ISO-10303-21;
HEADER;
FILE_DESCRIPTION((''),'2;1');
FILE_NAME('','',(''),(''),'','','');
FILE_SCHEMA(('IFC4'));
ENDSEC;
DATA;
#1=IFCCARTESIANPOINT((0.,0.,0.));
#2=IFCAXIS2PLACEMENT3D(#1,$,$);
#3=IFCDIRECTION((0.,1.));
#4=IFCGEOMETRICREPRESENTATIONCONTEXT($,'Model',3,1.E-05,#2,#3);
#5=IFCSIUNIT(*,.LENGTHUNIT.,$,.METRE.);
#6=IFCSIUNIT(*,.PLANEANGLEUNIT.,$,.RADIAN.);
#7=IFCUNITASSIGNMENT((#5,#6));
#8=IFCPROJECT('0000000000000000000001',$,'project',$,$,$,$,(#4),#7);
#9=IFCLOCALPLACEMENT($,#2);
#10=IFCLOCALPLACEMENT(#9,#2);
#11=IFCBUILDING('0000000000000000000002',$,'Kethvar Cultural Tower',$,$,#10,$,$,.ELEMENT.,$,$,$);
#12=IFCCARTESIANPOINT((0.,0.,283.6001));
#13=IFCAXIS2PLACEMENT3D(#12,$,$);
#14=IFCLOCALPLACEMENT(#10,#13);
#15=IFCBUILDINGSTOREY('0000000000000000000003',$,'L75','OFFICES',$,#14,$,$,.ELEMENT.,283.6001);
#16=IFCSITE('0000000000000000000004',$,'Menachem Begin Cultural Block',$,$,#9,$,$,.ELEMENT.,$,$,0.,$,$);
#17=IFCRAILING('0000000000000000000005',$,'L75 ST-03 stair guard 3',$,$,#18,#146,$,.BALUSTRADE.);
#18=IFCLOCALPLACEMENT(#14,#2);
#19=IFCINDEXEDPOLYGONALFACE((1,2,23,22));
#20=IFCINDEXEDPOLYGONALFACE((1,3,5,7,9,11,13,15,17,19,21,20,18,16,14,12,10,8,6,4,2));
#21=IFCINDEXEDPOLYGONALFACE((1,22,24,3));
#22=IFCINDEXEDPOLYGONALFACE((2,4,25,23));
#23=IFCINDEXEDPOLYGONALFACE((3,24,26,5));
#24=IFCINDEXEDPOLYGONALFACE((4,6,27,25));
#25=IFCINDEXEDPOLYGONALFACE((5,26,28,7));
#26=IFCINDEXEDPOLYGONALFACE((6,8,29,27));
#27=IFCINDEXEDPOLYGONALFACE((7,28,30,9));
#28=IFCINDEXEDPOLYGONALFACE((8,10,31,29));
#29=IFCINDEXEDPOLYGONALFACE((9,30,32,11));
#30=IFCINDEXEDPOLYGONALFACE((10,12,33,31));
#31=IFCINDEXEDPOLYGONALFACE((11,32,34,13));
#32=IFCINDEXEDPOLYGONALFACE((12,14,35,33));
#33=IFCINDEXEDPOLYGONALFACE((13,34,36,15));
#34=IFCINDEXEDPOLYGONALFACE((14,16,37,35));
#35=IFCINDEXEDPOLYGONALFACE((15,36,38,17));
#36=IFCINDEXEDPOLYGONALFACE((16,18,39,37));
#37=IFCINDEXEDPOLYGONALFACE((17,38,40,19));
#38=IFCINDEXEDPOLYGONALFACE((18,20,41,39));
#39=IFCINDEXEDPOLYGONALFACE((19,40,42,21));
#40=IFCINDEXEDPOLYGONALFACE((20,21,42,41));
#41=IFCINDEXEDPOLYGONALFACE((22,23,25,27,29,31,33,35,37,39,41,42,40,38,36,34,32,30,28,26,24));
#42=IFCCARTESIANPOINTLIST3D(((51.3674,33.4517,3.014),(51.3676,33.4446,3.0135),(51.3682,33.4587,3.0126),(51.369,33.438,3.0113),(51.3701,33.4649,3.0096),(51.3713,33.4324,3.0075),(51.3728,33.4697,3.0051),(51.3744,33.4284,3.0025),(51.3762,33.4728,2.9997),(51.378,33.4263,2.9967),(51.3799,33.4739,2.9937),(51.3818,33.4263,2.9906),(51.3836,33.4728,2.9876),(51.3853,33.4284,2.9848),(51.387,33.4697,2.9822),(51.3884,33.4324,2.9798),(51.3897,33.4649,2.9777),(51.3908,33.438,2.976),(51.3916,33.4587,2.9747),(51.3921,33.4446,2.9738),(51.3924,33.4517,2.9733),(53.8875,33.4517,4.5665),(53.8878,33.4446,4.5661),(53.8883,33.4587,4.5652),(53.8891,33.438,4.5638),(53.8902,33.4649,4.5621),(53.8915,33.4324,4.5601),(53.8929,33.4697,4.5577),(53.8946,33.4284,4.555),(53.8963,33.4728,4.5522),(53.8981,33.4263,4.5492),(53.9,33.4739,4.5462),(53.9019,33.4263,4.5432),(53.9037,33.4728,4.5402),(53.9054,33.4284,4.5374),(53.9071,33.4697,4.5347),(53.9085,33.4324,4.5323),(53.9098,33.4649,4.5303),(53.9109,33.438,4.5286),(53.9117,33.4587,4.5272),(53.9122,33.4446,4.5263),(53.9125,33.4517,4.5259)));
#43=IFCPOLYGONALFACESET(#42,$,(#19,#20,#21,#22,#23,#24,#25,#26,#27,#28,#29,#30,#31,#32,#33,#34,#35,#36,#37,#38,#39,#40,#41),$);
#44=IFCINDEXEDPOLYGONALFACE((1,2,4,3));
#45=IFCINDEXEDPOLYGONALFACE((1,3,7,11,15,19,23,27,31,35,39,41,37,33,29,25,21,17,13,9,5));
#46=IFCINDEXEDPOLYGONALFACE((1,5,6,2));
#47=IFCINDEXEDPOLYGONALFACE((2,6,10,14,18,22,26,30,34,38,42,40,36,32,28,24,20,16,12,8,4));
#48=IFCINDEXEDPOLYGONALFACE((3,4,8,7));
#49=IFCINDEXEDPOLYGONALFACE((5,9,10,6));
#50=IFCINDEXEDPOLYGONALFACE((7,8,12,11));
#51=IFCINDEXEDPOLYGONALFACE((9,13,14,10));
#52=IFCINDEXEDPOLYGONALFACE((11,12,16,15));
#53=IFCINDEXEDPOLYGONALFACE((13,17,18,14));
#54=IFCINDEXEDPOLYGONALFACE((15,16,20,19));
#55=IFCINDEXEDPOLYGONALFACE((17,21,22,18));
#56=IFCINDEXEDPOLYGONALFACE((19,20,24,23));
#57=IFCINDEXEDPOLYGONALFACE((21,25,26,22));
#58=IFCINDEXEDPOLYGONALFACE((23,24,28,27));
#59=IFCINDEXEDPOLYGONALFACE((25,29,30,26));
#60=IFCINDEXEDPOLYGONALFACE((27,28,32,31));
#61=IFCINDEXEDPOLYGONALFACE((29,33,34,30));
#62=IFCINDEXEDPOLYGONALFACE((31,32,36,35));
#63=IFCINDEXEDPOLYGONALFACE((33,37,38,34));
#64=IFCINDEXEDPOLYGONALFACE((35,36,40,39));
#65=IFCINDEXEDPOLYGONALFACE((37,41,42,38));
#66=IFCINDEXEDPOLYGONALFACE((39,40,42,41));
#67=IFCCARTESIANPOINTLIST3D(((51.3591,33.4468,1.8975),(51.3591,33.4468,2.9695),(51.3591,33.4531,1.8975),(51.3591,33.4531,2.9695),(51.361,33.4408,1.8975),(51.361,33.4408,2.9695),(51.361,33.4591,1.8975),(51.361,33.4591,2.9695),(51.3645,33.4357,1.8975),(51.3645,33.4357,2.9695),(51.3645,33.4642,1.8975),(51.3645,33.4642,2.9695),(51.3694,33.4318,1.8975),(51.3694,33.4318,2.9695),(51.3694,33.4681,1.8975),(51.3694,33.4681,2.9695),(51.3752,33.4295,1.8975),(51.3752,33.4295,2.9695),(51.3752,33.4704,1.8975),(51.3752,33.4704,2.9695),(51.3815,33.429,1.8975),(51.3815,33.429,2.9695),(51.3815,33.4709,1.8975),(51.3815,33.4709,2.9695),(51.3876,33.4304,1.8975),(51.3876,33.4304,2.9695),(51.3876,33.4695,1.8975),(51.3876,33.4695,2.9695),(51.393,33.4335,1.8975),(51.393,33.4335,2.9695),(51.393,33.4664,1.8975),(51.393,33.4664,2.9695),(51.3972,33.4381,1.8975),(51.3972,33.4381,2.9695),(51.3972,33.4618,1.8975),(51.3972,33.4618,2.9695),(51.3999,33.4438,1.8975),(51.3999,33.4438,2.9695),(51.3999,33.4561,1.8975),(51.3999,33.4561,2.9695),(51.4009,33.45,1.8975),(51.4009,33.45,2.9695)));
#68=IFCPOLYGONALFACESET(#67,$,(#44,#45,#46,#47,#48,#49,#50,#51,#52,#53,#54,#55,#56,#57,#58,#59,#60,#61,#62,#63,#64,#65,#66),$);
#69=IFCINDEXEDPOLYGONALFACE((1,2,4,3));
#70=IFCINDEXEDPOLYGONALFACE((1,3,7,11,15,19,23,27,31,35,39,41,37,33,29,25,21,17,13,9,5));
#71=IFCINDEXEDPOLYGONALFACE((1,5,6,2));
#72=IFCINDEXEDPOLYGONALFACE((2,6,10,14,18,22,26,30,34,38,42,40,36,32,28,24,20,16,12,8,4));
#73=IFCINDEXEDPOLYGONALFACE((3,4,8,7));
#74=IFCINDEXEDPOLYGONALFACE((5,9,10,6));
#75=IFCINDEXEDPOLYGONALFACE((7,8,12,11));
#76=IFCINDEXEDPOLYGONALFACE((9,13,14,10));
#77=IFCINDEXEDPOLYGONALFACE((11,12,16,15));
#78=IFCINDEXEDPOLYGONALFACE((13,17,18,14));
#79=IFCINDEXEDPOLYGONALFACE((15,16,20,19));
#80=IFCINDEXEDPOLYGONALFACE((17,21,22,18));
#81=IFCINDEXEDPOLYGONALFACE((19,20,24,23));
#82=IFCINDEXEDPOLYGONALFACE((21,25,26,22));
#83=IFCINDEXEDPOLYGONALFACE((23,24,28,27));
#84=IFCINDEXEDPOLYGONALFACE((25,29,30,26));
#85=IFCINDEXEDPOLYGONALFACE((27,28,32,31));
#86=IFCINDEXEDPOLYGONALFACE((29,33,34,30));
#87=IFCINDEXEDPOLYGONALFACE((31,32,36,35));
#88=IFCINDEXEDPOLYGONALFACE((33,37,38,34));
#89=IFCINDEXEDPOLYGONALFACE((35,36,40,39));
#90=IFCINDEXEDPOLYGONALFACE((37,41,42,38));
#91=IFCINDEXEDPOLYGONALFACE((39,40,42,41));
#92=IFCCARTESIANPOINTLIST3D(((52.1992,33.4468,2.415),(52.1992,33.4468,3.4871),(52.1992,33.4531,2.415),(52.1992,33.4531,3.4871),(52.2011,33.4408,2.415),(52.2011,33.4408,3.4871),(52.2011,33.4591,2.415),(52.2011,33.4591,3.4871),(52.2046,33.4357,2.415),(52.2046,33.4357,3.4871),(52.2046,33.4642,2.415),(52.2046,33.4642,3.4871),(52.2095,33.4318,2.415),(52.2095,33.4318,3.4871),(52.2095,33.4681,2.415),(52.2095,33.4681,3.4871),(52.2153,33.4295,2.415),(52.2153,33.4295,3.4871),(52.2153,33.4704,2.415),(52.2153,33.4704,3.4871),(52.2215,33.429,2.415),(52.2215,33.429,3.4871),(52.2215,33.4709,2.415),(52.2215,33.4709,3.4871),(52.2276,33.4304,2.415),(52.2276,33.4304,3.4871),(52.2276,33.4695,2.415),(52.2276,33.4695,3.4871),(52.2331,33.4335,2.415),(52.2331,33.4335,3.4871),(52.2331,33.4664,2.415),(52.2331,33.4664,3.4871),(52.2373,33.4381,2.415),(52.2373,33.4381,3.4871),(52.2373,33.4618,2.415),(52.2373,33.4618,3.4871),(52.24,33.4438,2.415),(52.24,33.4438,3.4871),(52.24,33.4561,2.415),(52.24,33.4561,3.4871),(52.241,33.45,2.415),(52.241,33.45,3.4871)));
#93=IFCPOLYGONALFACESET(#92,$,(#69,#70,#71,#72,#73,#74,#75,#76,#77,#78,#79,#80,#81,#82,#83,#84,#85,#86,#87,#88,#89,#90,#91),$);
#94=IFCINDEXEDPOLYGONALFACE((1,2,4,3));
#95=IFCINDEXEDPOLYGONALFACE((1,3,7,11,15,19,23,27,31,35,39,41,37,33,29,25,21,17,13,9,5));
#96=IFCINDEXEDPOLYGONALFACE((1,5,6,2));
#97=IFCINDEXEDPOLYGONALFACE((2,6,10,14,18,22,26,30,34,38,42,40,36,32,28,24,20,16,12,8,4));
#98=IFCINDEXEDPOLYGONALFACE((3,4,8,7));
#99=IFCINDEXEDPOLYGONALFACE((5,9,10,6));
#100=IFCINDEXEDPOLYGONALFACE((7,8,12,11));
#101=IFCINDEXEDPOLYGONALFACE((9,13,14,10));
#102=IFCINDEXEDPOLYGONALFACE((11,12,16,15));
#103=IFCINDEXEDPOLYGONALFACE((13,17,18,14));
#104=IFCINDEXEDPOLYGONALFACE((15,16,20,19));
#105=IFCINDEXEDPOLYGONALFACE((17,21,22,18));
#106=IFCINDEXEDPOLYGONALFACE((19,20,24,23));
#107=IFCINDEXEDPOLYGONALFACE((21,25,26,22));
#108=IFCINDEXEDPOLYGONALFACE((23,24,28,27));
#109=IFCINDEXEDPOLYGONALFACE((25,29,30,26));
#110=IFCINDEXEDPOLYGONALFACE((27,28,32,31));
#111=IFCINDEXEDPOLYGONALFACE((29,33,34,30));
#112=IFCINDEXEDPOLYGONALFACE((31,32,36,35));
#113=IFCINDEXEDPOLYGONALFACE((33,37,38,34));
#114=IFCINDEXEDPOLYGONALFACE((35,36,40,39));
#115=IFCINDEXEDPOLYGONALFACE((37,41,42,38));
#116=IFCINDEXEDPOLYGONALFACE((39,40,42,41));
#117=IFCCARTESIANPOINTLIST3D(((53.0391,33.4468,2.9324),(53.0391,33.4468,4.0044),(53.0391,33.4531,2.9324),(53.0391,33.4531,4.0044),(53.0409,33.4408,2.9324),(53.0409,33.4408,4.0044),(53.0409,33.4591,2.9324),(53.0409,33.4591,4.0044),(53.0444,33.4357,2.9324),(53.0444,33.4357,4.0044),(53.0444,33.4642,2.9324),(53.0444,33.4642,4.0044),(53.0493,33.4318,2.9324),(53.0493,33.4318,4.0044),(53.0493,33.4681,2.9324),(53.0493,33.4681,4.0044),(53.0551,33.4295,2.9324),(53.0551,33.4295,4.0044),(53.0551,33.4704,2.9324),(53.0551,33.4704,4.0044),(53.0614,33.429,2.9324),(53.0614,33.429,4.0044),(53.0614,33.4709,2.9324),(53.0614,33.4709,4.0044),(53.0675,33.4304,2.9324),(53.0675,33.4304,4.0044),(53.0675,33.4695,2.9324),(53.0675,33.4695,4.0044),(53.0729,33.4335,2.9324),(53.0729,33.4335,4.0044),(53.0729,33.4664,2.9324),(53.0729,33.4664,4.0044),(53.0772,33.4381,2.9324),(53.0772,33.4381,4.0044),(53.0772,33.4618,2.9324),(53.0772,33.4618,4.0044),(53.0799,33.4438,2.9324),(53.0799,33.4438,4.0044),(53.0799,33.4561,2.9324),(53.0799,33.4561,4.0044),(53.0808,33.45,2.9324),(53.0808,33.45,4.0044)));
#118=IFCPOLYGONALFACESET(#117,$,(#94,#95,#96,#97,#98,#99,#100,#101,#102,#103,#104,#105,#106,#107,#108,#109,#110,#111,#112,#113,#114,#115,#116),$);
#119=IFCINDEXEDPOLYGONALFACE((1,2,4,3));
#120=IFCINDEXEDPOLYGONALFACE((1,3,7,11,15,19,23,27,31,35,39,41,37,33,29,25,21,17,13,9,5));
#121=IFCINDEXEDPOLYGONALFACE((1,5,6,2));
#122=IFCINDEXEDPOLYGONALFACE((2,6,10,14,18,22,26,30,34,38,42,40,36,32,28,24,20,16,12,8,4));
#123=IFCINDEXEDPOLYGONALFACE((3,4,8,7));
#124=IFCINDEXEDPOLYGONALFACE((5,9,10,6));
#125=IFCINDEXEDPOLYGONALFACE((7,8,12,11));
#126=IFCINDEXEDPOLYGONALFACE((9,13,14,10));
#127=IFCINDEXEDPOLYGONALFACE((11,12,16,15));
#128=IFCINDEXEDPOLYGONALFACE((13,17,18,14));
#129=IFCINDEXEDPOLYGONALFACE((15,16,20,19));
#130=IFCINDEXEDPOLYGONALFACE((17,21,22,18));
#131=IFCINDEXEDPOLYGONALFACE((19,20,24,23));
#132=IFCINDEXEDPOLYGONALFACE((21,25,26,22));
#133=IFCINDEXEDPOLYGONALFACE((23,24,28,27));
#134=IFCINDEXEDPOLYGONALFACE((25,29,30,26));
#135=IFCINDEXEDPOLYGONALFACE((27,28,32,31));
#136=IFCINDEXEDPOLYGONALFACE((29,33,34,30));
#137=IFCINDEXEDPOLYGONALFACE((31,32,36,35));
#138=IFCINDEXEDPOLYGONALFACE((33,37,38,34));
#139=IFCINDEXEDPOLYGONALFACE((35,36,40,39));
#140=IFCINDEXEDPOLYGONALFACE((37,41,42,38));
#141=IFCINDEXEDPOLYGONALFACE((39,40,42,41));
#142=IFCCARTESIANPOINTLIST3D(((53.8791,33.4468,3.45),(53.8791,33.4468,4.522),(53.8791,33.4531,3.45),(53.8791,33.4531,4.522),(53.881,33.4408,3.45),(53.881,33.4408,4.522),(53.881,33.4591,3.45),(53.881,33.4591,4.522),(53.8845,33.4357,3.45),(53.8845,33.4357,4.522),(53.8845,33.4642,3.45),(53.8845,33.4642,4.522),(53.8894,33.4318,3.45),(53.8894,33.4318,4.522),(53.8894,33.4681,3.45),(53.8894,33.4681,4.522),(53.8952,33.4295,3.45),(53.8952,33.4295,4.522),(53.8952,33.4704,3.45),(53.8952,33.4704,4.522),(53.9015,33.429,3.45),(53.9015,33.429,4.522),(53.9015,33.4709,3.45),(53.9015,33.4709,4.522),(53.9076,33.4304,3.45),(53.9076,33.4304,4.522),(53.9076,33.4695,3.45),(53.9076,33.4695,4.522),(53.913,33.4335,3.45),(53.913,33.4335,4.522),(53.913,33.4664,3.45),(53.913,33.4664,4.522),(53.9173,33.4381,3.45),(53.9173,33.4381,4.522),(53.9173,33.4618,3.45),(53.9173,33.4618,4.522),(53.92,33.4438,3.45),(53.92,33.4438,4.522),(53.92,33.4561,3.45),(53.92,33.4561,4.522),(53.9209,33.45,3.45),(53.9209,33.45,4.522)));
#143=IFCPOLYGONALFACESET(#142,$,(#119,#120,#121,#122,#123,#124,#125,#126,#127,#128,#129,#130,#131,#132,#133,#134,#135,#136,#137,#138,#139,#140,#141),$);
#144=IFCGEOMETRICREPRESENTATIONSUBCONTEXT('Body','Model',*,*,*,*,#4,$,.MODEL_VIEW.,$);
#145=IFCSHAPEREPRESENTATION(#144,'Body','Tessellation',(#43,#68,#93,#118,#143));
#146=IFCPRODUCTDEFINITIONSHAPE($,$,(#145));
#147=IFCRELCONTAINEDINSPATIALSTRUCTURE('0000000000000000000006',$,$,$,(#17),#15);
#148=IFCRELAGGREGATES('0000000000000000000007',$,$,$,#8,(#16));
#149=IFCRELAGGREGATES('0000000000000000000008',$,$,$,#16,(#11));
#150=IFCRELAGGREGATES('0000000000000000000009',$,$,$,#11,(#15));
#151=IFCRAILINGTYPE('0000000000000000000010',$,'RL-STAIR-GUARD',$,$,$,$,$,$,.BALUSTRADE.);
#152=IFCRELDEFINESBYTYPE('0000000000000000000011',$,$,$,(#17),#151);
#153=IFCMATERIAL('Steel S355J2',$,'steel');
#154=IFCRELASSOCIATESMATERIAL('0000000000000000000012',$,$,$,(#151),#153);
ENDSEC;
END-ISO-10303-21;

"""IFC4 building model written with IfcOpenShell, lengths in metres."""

from ifc_helpers import new_model, si_unit, direction, frame, origin, origin_2d, place, context, subcontext, project, spatial, circle, extrude, material, type_object, element, save


model = new_model("IFC4")

# Units and contexts
model_context = context("Model", 3, precision=1e-05, world=origin(), true_north=direction((0.0, 1.0)))
body_context = subcontext(model_context, "Body", "Model", "MODEL_VIEW")
ifc_project = project(units=[si_unit("LENGTHUNIT", "METRE"), si_unit("PLANEANGLEUNIT", "RADIAN")], contexts=[model_context])

# Site, building, storey
site_placement = place(None, origin())
site = spatial("IfcSite", under=ifc_project, at=site_placement, Name="Menachem Begin Cultural Block", CompositionType="ELEMENT", RefElevation=0.0)
building_placement = place(site_placement, origin())
building = spatial("IfcBuilding", under=site, at=building_placement, Name="Kethvar Cultural Tower", CompositionType="ELEMENT")
storey_placement = place(building_placement, frame((0.0, 0.0, 283.6001)))
storey = spatial("IfcBuildingStorey", under=building, at=storey_placement, Name="L75", Description="OFFICES", CompositionType="ELEMENT", Elevation=283.6001)

# Shared definitions
ifc_material_1 = material(Name="Steel S355J2", Category="steel")

# Railing
railing_type_1 = type_object("IfcRailingType", Name="RL-STAIR-GUARD", PredefinedType="BALUSTRADE", material=ifc_material_1)
railing_1_placement = place(storey_placement, frame((51.3799, 33.45, 1.8975)))
element("IfcRailing", 1, at=railing_1_placement, inside=storey, type_object=railing_type_1, Name="L75 ST-03 stair guard 3", PredefinedType="BALUSTRADE", context=body_context, shape_type="SweptSolid", body=[
    extrude(circle(Radius=0.0239, at=origin_2d()), frame((0.0, 0.0, 1.0962), z_axis=(0.8514, 0.0, 0.524516), x_axis=(0.0, 1.0, 0.0)), (0.0, 0.0, 1.0), 2.96),
    extrude(circle(Radius=0.021, at=origin_2d()), origin(), (0.0, 0.0, 1.0), 1.072),
    extrude(circle(Radius=0.021, at=origin_2d()), frame((0.8401, 0.0, 0.5176)), (0.0, 0.0, 1.0), 1.072),
    extrude(circle(Radius=0.021, at=origin_2d()), frame((1.6799, 0.0, 1.0349)), (0.0, 0.0, 1.0), 1.072),
    extrude(circle(Radius=0.021, at=origin_2d()), frame((2.52, 0.0, 1.5525)), (0.0, 0.0, 1.0), 1.072),
])

save(model, "model.ifc")
